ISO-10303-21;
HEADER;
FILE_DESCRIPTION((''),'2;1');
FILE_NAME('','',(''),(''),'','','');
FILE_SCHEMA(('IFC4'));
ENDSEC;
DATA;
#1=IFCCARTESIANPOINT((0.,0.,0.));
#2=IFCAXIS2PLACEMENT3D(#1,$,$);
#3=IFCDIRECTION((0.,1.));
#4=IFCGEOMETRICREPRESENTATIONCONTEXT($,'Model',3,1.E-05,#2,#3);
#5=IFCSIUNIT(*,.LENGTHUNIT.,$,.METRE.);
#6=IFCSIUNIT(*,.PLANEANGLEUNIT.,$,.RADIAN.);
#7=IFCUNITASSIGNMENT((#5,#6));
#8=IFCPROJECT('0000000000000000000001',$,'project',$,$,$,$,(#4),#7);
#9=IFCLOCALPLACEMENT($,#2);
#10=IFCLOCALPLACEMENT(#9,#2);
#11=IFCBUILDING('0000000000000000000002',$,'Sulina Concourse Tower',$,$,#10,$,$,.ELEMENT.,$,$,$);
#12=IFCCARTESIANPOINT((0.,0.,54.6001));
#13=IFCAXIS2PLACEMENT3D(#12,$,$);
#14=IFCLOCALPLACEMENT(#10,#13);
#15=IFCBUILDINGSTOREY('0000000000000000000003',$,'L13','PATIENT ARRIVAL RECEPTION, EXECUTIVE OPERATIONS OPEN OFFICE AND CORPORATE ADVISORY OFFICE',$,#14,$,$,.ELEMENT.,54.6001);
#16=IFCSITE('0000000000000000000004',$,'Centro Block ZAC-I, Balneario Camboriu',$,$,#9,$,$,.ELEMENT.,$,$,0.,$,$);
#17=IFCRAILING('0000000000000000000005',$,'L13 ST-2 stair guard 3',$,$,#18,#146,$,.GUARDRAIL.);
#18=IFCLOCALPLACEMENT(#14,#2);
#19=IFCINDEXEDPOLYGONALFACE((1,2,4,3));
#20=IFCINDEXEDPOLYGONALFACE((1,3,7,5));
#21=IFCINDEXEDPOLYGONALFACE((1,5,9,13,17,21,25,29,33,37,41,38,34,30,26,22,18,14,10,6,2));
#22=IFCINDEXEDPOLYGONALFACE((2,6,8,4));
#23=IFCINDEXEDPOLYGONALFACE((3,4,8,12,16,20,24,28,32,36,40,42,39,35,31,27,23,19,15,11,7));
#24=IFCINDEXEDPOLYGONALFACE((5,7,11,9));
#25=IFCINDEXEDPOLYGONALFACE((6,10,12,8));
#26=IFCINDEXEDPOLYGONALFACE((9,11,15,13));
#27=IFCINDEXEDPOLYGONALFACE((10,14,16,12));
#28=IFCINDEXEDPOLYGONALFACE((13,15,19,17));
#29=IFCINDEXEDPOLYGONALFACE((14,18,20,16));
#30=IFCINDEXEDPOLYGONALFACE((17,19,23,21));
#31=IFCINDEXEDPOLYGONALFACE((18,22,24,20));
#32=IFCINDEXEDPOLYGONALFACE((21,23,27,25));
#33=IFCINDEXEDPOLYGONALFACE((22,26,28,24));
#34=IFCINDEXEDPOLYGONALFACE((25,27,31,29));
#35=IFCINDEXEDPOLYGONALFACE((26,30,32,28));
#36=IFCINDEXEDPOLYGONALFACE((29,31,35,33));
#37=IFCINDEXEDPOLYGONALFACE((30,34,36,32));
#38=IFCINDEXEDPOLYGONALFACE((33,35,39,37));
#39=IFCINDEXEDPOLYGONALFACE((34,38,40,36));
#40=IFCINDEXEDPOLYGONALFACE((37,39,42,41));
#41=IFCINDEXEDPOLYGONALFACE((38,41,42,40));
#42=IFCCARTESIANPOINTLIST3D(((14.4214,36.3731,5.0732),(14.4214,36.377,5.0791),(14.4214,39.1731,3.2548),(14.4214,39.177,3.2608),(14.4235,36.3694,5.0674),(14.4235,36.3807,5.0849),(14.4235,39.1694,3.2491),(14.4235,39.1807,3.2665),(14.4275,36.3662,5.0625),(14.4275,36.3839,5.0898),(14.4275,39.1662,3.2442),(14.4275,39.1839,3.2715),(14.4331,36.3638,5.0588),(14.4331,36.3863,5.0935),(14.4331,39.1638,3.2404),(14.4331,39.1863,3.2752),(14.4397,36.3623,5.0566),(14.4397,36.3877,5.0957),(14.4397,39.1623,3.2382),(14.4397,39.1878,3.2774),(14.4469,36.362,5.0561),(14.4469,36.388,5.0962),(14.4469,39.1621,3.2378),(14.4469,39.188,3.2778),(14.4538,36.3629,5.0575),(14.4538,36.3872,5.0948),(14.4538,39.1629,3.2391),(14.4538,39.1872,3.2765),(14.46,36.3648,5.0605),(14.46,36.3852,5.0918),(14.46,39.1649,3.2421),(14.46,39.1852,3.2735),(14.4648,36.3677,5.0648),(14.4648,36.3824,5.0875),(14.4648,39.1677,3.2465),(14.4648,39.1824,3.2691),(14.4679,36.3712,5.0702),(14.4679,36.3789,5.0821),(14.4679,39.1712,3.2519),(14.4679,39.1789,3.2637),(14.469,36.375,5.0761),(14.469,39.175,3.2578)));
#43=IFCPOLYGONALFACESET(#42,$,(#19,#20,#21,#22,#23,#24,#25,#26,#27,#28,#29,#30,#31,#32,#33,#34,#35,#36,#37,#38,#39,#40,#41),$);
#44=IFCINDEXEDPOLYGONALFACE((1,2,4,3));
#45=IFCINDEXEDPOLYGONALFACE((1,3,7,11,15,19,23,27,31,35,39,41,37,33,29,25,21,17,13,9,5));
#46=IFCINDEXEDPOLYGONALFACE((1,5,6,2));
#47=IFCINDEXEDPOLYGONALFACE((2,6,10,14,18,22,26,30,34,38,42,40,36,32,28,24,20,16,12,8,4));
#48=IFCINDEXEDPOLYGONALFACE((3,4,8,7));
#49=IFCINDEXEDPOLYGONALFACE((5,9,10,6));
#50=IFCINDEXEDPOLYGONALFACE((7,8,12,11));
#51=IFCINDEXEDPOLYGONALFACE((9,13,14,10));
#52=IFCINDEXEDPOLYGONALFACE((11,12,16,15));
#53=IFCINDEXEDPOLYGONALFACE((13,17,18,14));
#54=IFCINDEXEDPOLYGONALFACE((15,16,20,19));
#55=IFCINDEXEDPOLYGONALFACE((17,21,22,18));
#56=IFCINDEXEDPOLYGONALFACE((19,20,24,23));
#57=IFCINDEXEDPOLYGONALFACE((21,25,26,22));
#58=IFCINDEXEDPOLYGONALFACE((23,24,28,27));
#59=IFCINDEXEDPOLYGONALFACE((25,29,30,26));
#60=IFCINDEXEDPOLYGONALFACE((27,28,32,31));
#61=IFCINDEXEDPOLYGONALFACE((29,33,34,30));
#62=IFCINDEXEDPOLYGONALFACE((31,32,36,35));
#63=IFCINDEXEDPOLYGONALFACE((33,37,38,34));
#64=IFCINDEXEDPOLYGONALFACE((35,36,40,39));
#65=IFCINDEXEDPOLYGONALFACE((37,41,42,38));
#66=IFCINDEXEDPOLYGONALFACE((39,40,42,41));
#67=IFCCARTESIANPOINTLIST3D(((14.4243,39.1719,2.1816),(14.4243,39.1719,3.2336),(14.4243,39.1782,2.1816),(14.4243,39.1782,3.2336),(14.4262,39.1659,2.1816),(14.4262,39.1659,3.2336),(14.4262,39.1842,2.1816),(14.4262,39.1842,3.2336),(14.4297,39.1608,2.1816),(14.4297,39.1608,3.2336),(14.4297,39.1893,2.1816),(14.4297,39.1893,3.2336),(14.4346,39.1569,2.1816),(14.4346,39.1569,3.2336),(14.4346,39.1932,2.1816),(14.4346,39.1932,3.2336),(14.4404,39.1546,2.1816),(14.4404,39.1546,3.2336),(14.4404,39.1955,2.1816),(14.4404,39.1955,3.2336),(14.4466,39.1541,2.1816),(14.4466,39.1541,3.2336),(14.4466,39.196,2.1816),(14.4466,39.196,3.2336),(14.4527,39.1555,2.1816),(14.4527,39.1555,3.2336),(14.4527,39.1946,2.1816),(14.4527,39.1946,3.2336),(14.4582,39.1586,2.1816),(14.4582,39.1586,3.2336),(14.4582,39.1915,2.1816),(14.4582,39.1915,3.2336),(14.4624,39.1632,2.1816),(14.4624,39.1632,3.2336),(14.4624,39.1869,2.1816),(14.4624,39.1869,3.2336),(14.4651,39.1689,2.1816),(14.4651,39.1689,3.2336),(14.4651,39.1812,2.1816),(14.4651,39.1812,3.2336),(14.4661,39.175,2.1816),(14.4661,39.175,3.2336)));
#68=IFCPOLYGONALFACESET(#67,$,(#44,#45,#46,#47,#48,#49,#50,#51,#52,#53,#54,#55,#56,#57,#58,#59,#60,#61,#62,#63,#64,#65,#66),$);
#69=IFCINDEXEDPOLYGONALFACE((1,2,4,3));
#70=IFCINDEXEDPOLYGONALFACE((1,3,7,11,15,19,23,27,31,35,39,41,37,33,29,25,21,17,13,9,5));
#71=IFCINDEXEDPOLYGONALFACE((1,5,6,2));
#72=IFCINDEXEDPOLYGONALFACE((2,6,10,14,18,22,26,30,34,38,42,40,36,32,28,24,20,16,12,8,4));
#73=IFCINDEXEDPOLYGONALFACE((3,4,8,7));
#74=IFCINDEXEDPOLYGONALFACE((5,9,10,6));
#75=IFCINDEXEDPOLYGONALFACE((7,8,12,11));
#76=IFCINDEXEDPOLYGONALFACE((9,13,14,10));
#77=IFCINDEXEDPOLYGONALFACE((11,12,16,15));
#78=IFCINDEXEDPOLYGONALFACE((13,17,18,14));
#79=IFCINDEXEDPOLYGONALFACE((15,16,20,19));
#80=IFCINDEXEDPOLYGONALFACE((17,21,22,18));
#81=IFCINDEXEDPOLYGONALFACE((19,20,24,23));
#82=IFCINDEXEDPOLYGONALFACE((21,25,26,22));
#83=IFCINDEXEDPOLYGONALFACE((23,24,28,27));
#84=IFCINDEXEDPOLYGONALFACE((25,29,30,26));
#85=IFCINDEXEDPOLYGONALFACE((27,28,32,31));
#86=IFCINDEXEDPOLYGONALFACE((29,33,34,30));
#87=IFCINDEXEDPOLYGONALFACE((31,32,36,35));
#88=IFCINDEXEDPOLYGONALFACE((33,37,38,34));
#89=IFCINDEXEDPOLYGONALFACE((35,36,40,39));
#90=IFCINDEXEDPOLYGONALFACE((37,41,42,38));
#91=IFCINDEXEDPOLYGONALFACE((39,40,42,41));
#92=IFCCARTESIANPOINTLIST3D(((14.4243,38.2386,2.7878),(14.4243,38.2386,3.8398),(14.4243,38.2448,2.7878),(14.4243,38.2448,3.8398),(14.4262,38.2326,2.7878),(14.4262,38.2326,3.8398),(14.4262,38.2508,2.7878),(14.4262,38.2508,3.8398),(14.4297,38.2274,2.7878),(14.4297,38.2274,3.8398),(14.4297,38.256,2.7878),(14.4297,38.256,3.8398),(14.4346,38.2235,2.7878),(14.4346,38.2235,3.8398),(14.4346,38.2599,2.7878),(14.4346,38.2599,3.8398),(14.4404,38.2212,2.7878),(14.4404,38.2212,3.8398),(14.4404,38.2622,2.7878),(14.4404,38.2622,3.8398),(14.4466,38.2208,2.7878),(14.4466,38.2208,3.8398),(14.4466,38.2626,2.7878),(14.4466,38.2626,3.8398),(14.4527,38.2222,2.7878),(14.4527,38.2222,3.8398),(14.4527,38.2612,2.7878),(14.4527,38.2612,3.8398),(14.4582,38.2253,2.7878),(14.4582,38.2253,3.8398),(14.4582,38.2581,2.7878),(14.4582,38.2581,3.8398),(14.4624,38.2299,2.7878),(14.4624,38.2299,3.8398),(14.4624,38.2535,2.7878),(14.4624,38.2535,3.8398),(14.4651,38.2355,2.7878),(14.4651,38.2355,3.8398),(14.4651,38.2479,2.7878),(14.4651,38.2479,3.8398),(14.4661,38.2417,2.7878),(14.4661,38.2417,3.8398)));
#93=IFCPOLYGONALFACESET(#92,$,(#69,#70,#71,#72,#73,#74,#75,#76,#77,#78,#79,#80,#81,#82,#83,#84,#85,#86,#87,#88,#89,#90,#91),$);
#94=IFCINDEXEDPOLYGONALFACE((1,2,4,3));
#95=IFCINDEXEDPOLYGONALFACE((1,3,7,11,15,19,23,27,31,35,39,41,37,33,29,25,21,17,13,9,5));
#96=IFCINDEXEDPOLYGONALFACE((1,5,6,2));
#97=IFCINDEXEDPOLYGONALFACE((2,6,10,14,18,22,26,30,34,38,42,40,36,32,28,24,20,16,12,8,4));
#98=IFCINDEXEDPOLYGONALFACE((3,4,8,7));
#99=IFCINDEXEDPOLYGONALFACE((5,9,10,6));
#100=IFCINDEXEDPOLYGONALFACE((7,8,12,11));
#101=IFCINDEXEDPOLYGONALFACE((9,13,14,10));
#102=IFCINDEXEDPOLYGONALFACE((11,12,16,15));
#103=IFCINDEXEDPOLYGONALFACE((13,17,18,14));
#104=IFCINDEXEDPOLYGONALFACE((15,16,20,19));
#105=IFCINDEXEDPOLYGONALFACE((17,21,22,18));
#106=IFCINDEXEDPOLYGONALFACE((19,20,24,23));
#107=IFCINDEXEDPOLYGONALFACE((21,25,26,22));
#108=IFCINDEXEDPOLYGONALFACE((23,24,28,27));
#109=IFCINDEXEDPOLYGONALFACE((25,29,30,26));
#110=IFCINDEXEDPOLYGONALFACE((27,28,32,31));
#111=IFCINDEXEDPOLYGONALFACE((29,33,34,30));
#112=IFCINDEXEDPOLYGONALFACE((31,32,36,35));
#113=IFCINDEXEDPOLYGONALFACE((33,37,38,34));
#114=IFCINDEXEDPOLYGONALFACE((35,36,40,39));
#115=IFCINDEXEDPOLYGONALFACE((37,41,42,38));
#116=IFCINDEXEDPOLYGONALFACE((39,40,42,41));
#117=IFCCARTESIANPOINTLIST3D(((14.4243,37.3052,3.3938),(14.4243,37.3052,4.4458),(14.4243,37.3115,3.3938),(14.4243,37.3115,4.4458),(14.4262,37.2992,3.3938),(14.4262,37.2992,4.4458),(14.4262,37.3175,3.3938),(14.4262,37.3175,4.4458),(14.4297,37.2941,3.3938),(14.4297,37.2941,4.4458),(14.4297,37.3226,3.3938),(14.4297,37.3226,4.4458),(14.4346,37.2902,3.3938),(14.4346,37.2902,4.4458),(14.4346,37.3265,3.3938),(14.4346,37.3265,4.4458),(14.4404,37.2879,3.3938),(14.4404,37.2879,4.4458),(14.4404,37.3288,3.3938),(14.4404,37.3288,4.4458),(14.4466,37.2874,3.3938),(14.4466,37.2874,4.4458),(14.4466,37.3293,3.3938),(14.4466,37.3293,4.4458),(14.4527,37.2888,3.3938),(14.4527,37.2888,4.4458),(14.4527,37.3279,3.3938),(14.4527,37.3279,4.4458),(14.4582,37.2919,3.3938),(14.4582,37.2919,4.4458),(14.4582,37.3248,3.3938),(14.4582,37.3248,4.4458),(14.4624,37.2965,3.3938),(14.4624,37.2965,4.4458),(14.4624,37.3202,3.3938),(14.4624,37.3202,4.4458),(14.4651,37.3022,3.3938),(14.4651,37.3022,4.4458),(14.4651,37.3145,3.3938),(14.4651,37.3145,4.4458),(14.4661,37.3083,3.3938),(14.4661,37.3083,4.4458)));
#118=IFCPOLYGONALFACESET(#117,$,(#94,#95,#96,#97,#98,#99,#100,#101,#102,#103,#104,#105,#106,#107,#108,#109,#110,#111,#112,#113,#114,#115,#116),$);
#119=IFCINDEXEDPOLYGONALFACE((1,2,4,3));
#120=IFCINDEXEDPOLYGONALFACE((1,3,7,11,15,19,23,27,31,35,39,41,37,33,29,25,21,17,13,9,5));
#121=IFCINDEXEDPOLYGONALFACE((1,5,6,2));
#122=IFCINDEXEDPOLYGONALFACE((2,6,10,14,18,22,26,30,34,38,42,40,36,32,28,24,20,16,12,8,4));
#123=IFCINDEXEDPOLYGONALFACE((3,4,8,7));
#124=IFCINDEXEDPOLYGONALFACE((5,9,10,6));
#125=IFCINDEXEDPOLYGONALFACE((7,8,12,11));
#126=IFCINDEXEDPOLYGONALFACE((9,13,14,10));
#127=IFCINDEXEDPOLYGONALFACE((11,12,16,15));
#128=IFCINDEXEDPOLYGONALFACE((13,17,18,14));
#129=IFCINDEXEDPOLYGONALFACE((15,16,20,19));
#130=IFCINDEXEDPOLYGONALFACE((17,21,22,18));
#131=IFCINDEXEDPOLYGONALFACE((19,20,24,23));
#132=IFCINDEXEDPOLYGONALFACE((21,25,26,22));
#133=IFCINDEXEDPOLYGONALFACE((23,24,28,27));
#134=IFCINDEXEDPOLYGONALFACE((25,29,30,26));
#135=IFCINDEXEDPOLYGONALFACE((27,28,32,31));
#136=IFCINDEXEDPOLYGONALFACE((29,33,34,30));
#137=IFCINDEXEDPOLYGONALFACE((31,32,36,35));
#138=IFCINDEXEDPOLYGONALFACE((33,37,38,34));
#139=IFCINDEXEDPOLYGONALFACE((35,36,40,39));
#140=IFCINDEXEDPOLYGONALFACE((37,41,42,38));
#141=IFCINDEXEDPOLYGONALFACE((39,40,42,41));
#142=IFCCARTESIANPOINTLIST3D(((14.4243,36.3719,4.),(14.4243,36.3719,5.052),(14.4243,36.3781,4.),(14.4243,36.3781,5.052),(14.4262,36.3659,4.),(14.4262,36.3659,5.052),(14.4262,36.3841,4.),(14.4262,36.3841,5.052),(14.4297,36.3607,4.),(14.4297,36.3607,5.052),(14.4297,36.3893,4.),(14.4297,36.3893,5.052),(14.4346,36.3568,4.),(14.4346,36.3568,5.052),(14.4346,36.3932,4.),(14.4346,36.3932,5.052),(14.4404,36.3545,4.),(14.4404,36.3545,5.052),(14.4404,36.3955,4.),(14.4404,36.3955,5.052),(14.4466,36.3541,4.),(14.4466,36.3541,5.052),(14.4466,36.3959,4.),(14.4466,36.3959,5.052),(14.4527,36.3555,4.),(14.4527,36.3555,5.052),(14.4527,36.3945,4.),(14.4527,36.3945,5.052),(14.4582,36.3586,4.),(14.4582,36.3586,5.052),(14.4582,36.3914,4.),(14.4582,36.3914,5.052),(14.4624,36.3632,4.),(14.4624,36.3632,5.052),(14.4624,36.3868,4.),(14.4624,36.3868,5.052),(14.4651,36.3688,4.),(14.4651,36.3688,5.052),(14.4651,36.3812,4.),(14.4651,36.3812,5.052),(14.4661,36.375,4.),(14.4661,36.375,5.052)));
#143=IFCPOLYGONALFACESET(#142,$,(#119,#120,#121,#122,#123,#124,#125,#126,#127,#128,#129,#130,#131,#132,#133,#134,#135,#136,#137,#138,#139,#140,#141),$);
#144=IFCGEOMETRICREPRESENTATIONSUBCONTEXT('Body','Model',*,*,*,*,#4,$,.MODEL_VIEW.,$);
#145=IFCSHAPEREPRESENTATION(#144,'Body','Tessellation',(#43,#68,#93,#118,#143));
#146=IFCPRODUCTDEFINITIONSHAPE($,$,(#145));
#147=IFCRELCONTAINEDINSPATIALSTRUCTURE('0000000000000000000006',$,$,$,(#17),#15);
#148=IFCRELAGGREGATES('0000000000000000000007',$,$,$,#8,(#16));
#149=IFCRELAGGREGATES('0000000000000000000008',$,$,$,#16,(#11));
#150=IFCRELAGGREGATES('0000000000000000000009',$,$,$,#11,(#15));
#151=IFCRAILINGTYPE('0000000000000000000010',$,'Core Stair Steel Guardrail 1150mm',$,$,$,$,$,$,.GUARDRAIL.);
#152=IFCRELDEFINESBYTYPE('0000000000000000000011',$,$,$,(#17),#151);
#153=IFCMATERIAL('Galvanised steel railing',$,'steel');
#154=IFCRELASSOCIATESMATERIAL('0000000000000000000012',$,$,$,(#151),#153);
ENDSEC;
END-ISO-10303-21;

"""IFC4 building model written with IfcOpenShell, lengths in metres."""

from ifc_helpers import new_model, si_unit, direction, frame, origin, origin_2d, place, context, subcontext, project, spatial, circle, extrude, material, type_object, element, save


model = new_model("IFC4")

# Units and contexts
model_context = context("Model", 3, precision=1e-05, world=origin(), true_north=direction((0.0, 1.0)))
body_context = subcontext(model_context, "Body", "Model", "MODEL_VIEW")
ifc_project = project(units=[si_unit("LENGTHUNIT", "METRE"), si_unit("PLANEANGLEUNIT", "RADIAN")], contexts=[model_context])

# Site, building, storey
site_placement = place(None, origin())
site = spatial("IfcSite", under=ifc_project, at=site_placement, Name="Centro Block ZAC-I, Balneario Camboriu", CompositionType="ELEMENT", RefElevation=0.0)
building_placement = place(site_placement, origin())
building = spatial("IfcBuilding", under=site, at=building_placement, Name="Sulina Concourse Tower", CompositionType="ELEMENT")
storey_placement = place(building_placement, frame((0.0, 0.0, 54.6001)))
storey = spatial("IfcBuildingStorey", under=building, at=storey_placement, Name="L13", Description="PATIENT ARRIVAL RECEPTION, EXECUTIVE OPERATIONS OPEN OFFICE AND CORPORATE ADVISORY OFFICE", CompositionType="ELEMENT", Elevation=54.6001)

# Railing
ifc_material_1 = material(Name="Galvanised steel railing", Category="steel")
railing_type_1 = type_object("IfcRailingType", Name="Core Stair Steel Guardrail 1150mm", PredefinedType="GUARDRAIL", material=ifc_material_1)
railing_1_placement = place(storey_placement, frame((14.4451, 39.175, 2.1816)))
element("IfcRailing", 1, at=railing_1_placement, inside=storey, type_object=railing_type_1, Name="L13 ST-2 stair guard 3", PredefinedType="GUARDRAIL", context=body_context, shape_type="SweptSolid", body=[
    extrude(circle(Radius=0.0239, at=origin_2d()), frame((0.0, 0.0, 1.0762), z_axis=(0.0, -0.838672, 0.544636), x_axis=(1.0, 0.0, 0.0)), (0.0, 0.0, 1.0), 3.3386),
    extrude(circle(Radius=0.021, at=origin_2d()), origin(), (0.0, 0.0, 1.0), 1.052),
    extrude(circle(Radius=0.021, at=origin_2d()), frame((0.0, -0.9333, 0.6062)), (0.0, 0.0, 1.0), 1.052),
    extrude(circle(Radius=0.021, at=origin_2d()), frame((0.0, -1.8667, 1.2122)), (0.0, 0.0, 1.0), 1.052),
    extrude(circle(Radius=0.021, at=origin_2d()), frame((0.0, -2.8, 1.8184)), (0.0, 0.0, 1.0), 1.052),
])

save(model, "model.ifc")
